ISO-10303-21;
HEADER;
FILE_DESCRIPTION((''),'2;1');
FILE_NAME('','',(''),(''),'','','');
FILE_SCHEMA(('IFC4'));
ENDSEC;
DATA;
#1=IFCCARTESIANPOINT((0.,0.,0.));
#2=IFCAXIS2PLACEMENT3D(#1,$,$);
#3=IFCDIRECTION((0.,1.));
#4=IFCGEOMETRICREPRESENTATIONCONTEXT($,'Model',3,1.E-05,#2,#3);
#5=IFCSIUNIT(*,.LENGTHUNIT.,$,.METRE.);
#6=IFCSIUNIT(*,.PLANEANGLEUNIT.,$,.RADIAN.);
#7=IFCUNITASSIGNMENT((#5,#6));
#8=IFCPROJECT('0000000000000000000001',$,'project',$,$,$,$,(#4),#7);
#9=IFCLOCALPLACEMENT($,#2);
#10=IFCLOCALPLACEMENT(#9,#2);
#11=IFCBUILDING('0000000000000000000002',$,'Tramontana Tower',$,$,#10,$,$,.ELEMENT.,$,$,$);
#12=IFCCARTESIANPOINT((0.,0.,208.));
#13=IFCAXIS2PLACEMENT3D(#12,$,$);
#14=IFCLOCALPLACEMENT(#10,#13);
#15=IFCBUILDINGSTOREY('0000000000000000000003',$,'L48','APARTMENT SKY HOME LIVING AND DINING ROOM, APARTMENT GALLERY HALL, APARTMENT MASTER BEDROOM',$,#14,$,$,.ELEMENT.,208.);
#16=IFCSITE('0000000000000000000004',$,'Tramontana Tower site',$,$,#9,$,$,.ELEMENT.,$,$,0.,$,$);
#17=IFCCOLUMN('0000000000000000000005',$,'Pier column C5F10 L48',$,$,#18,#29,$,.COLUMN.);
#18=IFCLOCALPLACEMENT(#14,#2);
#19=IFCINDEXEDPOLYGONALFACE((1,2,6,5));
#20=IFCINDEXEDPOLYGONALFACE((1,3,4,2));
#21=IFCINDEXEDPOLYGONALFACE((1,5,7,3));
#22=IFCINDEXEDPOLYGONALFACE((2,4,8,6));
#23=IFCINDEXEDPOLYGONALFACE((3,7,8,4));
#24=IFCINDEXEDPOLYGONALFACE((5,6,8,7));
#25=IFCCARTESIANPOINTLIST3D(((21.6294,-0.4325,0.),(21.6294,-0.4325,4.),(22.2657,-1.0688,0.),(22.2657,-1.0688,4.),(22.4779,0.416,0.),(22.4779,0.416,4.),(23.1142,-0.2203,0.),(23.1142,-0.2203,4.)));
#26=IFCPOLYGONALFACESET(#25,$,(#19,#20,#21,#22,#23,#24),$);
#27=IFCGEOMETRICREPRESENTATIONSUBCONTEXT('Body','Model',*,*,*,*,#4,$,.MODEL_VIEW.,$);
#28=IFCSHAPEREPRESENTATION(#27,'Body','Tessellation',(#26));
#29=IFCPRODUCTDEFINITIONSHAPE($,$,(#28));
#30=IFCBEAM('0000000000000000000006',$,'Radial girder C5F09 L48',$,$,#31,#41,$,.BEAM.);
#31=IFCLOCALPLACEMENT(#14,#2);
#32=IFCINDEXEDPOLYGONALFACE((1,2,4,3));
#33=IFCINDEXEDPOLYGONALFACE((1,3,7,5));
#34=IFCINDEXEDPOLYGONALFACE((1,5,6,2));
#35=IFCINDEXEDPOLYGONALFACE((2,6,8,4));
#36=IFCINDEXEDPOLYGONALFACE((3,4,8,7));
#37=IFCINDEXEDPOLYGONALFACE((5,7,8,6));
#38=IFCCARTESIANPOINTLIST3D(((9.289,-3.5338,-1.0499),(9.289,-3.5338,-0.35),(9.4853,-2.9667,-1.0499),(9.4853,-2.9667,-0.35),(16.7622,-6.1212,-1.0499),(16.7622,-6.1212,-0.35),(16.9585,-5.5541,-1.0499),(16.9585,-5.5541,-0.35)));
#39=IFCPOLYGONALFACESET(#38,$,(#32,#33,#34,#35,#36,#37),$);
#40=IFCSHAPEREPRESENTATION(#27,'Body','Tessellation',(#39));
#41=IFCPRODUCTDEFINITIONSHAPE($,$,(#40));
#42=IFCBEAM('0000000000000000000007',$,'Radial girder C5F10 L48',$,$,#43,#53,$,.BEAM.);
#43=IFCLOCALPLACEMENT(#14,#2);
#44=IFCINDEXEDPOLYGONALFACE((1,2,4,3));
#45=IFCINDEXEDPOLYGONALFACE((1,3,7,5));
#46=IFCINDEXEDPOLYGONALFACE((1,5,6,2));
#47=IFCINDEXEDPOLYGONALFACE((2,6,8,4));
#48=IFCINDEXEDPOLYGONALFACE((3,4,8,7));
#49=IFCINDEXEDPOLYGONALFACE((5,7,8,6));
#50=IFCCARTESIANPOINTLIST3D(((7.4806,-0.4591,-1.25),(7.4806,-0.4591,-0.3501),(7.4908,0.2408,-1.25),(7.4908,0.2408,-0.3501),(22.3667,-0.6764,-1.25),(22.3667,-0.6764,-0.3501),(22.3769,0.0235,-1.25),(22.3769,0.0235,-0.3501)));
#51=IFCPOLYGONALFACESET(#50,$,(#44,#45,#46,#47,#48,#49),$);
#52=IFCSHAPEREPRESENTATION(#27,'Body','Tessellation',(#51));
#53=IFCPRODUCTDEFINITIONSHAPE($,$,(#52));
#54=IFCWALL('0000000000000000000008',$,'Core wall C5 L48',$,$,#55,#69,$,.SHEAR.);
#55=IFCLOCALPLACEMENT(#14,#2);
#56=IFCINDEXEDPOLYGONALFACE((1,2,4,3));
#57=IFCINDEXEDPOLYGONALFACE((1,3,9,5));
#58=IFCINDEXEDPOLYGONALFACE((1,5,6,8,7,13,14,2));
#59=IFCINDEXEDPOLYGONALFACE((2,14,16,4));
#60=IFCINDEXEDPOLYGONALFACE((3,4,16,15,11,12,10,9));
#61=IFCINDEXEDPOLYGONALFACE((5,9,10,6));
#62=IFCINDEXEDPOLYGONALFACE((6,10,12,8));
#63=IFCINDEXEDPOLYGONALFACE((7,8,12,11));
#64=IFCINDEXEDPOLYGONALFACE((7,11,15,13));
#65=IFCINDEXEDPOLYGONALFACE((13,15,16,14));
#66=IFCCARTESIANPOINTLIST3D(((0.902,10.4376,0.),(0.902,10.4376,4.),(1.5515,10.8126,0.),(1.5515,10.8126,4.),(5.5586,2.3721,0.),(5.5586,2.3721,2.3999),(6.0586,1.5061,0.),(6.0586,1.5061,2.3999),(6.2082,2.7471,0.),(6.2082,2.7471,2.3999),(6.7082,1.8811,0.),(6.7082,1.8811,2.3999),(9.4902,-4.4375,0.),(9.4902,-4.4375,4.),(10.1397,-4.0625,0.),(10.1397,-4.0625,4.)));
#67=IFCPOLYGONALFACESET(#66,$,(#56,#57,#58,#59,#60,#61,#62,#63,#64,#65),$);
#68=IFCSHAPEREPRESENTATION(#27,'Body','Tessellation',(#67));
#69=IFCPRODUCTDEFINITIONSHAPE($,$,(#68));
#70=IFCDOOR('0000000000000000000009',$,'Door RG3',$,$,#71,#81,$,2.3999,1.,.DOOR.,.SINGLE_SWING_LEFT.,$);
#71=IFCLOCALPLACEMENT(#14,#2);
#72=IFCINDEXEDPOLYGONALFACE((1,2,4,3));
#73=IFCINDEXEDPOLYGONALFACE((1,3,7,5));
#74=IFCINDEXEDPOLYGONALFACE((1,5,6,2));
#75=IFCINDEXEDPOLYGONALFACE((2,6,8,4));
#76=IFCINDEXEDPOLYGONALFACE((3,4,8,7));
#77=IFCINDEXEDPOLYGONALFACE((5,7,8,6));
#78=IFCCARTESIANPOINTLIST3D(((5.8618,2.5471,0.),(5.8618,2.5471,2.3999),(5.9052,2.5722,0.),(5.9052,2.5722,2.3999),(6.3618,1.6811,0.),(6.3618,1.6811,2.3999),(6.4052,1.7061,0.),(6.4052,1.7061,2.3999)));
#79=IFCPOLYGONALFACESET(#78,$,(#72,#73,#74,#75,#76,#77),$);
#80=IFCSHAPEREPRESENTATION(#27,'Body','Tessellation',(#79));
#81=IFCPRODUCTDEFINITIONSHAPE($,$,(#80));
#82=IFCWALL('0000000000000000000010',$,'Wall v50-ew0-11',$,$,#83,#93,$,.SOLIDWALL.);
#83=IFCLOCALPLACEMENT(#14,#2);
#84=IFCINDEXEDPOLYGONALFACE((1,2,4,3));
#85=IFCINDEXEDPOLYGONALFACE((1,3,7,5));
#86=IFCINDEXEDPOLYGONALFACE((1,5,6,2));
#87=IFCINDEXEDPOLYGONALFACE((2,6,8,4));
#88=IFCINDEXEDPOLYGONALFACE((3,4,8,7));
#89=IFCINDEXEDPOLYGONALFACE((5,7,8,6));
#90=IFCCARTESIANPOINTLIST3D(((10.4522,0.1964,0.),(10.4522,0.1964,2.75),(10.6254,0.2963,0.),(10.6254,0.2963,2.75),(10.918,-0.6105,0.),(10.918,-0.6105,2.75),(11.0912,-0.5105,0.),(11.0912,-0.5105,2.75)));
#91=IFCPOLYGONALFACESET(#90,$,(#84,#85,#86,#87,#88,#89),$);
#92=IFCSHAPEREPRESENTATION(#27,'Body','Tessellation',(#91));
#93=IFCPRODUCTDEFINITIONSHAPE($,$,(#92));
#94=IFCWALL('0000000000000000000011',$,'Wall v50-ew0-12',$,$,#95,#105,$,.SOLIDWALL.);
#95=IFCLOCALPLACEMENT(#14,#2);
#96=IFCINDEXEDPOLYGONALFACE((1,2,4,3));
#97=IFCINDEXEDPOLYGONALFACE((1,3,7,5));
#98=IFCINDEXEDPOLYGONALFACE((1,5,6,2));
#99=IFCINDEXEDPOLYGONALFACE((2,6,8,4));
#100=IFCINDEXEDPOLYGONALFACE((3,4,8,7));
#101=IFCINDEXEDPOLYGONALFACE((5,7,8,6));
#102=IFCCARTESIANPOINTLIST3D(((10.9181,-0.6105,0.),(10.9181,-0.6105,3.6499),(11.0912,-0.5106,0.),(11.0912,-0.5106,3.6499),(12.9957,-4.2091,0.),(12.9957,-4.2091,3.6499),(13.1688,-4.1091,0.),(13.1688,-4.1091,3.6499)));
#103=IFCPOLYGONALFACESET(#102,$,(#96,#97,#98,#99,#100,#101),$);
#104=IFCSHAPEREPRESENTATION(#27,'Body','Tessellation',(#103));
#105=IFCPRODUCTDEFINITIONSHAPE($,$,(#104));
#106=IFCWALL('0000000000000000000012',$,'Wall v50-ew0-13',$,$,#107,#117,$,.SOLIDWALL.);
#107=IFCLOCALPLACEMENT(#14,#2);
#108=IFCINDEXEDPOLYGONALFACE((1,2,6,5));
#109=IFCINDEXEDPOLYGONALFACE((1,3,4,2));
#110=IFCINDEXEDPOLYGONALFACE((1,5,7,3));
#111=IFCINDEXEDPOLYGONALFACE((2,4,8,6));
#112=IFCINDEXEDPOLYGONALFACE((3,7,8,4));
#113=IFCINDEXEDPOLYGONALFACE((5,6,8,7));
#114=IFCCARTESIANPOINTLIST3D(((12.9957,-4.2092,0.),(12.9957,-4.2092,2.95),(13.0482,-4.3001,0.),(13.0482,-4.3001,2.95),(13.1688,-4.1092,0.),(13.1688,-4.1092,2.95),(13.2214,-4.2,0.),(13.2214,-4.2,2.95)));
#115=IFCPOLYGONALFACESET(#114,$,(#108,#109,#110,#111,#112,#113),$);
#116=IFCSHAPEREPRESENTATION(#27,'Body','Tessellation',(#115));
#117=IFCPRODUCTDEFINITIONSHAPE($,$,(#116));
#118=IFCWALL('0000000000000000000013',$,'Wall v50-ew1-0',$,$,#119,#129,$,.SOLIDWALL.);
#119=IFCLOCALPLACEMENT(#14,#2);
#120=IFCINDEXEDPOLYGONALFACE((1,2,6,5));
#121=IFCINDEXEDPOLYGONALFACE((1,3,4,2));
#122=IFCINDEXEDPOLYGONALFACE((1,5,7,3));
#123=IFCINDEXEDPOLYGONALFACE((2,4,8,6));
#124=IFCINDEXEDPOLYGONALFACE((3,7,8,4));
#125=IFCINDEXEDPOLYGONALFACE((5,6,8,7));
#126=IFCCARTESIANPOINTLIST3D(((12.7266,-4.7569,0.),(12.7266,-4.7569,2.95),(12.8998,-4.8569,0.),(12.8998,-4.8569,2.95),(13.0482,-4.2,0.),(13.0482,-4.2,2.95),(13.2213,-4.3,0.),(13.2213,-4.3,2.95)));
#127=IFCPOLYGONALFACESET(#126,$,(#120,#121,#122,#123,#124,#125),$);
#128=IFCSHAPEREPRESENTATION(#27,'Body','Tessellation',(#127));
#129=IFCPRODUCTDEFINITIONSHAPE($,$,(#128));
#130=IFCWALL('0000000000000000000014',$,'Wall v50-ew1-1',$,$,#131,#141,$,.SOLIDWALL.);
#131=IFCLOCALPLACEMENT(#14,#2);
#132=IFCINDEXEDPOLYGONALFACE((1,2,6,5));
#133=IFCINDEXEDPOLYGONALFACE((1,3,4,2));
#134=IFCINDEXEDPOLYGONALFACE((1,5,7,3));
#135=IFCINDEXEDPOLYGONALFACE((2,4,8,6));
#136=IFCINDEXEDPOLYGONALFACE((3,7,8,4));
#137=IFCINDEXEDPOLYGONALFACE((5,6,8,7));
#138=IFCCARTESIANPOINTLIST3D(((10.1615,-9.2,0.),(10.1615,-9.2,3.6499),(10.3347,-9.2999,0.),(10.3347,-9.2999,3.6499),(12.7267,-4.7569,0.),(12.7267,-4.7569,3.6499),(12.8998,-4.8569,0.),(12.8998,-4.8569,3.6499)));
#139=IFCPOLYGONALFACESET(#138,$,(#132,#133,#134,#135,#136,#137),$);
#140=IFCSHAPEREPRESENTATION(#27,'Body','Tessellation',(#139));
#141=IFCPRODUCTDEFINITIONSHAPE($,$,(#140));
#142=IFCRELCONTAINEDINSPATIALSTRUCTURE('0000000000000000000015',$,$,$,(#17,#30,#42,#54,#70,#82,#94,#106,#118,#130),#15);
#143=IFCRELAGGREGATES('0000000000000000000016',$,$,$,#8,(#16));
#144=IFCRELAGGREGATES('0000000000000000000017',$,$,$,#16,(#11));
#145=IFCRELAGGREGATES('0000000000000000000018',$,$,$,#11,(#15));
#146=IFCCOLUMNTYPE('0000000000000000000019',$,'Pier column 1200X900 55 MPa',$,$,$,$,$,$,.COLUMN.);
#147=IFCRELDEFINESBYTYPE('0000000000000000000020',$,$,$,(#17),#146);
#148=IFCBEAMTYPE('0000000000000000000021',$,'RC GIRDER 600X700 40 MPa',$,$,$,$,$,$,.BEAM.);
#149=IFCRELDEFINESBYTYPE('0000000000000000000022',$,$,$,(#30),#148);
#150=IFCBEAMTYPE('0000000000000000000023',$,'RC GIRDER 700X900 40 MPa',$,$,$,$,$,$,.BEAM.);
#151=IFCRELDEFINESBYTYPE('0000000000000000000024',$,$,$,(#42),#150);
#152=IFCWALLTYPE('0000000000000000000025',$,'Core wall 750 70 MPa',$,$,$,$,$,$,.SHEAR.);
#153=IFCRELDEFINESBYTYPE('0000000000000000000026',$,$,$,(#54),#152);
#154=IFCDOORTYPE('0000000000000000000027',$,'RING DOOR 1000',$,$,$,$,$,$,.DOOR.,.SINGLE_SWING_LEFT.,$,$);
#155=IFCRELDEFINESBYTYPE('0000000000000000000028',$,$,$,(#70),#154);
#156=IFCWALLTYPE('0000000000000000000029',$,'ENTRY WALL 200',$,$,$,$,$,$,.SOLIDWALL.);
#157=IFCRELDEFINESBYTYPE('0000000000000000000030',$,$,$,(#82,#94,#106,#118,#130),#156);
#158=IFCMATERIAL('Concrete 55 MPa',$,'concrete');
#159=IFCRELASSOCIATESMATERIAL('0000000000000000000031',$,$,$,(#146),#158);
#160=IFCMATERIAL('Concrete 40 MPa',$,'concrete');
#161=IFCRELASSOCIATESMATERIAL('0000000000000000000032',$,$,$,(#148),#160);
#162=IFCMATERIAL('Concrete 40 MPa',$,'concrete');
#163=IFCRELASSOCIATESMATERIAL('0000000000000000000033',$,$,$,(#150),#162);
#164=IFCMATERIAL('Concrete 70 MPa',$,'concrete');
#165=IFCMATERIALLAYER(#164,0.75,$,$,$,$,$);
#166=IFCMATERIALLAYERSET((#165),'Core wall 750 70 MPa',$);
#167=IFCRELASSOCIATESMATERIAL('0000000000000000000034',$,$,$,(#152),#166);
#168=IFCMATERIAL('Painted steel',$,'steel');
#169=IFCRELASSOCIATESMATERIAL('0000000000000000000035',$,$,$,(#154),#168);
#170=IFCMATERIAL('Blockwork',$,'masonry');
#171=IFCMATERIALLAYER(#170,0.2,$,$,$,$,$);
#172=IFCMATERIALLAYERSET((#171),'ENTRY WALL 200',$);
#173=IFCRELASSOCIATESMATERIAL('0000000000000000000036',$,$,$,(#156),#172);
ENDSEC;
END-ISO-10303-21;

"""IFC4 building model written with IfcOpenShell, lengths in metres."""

from ifc_helpers import new_model, si_unit, direction, frame, frame_2d, origin, origin_2d, place, context, subcontext, project, spatial, rectangle, extrude, material, layer, layer_set, material_profile, profile_set, type_object, element, fill, save


model = new_model("IFC4")

# Units and contexts
model_context = context("Model", 3, precision=1e-05, world=origin(), true_north=direction((0.0, 1.0)))
body_context = subcontext(model_context, "Body", "Model", "MODEL_VIEW")
ifc_project = project(units=[si_unit("LENGTHUNIT", "METRE"), si_unit("PLANEANGLEUNIT", "RADIAN")], contexts=[model_context])

# Site, building, storey
site_placement = place(None, origin())
site = spatial("IfcSite", under=ifc_project, at=site_placement, Name="Tramontana Tower site", CompositionType="ELEMENT", RefElevation=0.0)
building_placement = place(site_placement, origin())
building = spatial("IfcBuilding", under=site, at=building_placement, Name="Tramontana Tower", CompositionType="ELEMENT")
storey_placement = place(building_placement, frame((0.0, 0.0, 208.0)))
storey = spatial("IfcBuildingStorey", under=building, at=storey_placement, Name="L48", Description="APARTMENT SKY HOME LIVING AND DINING ROOM, APARTMENT GALLERY HALL, APARTMENT MASTER BEDROOM", CompositionType="ELEMENT", Elevation=208.0)

# Column
ifc_material_1 = material(Name="Concrete 55 MPa", Category="concrete")
ifc_material_profile_1 = material_profile(ifc_material_1, rectangle(XDim=1.2, YDim=0.8999, at=origin_2d()), Name="Pier column 1200X900 55 MPa")
ifc_profile_set_1 = profile_set([ifc_material_profile_1], Name="Concrete 55 MPa")
column_type = type_object("IfcColumnType", Name="Pier column 1200X900 55 MPa", PredefinedType="COLUMN", material=ifc_profile_set_1)
column_placement = place(storey_placement, frame((22.3718, -0.3264, 0.0), z_axis=(0.0, 0.0, 1.0), x_axis=(0.707107, 0.707107, 0.0)))
element("IfcColumn", 1, at=column_placement, inside=storey, type_object=column_type, Name="Pier column C5F10 L48", PredefinedType="COLUMN", context=body_context, shape_type="SweptSolid", body=[
    extrude(rectangle(XDim=1.2, YDim=0.8999, at=origin_2d()), origin(), (0.0, 0.0, 1.0), 4.0),
])

# Beams
ifc_material_2 = material(Name="Concrete 40 MPa", Category="concrete")
ifc_material_profile_2 = material_profile(ifc_material_2, rectangle(XDim=0.6001, YDim=0.7, at=origin_2d()), Name="RC GIRDER 600X700 40 MPa")
ifc_profile_set_2 = profile_set([ifc_material_profile_2], Name="Concrete 40 MPa")
beam_type_1 = type_object("IfcBeamType", Name="RC GIRDER 600X700 40 MPa", PredefinedType="BEAM", material=ifc_profile_set_2)
beam_1_placement = place(storey_placement, frame((16.8604, -5.8376, -0.7), z_axis=(-0.944965, 0.327172, 0.0), x_axis=(-0.327172, -0.944965, 0.0)))
element("IfcBeam", 2, at=beam_1_placement, inside=storey, type_object=beam_type_1, Name="Radial girder C5F09 L48", PredefinedType="BEAM", context=body_context, shape_type="SweptSolid", body=[
    extrude(rectangle(XDim=0.6001, YDim=0.7, at=origin_2d()), origin(), (0.0, 0.0, 1.0), 7.9084),
])
ifc_material_3 = material(Name="Concrete 40 MPa", Category="concrete")
ifc_material_profile_3 = material_profile(ifc_material_3, rectangle(XDim=0.7, YDim=0.8999, at=origin_2d()), Name="RC GIRDER 700X900 40 MPa")
ifc_profile_set_3 = profile_set([ifc_material_profile_3], Name="Concrete 40 MPa")
beam_type_2 = type_object("IfcBeamType", Name="RC GIRDER 700X900 40 MPa", PredefinedType="BEAM", material=ifc_profile_set_3)
beam_2_placement = place(storey_placement, frame((22.3718, -0.3264, -0.8), z_axis=(-0.999893, 0.014595, 0.0), x_axis=(-0.014595, -0.999893, 0.0)))
element("IfcBeam", 3, at=beam_2_placement, inside=storey, type_object=beam_type_2, Name="Radial girder C5F10 L48", PredefinedType="BEAM", context=body_context, shape_type="SweptSolid", body=[
    extrude(rectangle(XDim=0.7, YDim=0.8999, at=origin_2d()), origin(), (0.0, 0.0, 1.0), 14.8877),
])

# Wall, opening, door
ifc_material_4 = material(Name="Concrete 70 MPa", Category="concrete")
ifc_layer_1 = layer(ifc_material_4, 0.75)
ifc_layer_set_1 = layer_set([ifc_layer_1], Name="Core wall 750 70 MPa")
wall_type_1 = type_object("IfcWallType", Name="Core wall 750 70 MPa", PredefinedType="SHEAR", material=ifc_layer_set_1)
wall_1_placement = place(storey_placement, frame((9.8149, -4.25, 0.0), z_axis=(0.0, 0.0, 1.0), x_axis=(-0.500002, 0.866024, 0.0)))
wall_1 = element("IfcWall", 4, at=wall_1_placement, inside=storey, type_object=wall_type_1, Name="Core wall C5 L48", PredefinedType="SHEAR", context=body_context, shape_type="SweptSolid", body=[
    extrude(rectangle(XDim=17.1763, YDim=0.75, at=frame_2d((8.5881, 0.0))), origin(), (0.0, 0.0, 1.0), 4.0),
])
opening_1_placement = place(wall_1_placement, frame((6.863, 0.0, 0.0)))
opening_1 = element("IfcOpeningElement", 5, at=opening_1_placement, cuts=wall_1, PredefinedType="OPENING", context=body_context, shape_type="SweptSolid", body=[
    extrude(rectangle(XDim=1.0, YDim=2.3999, at=frame_2d((0.5, 1.2))), frame((0.0, 0.385, 0.0), z_axis=(0.0, -1.0, 0.0), x_axis=(1.0, 0.0, 0.0)), (0.0, 0.0, 1.0), 0.77),
])
ifc_material_5 = material(Name="Painted steel", Category="steel")
door_type_1 = type_object("IfcDoorType", Name="RING DOOR 1000", OperationType="SINGLE_SWING_LEFT", PredefinedType="DOOR", material=ifc_material_5)
door_1_placement = place(opening_1_placement, origin())
door_1 = element("IfcDoor", 6, at=door_1_placement, inside=storey, type_object=door_type_1, Name="Door RG3", OperationType="SINGLE_SWING_LEFT", OverallHeight=2.3999, OverallWidth=1.0, PredefinedType="DOOR", context=body_context, shape_type="SweptSolid", body=[
    extrude(rectangle(XDim=1.0, YDim=2.3999, at=frame_2d((0.5, 1.2))), frame((0.0, 0.0249, 0.0), z_axis=(0.0, -1.0, 0.0), x_axis=(1.0, 0.0, 0.0)), (0.0, 0.0, 1.0), 0.05),
])
fill(opening_1, door_1)

# Walls
ifc_material_6 = material(Name="Blockwork", Category="masonry")
ifc_layer_2 = layer(ifc_material_6, 0.2)
ifc_layer_set_2 = layer_set([ifc_layer_2], Name="ENTRY WALL 200")
wall_type_2 = type_object("IfcWallType", Name="ENTRY WALL 200", PredefinedType="SOLIDWALL", material=ifc_layer_set_2)
wall_2_placement = place(storey_placement, frame((10.5388, 0.2463, 0.0), z_axis=(0.0, 0.0, 1.0), x_axis=(0.499972, -0.866042, 0.0)))
element("IfcWall", 7, at=wall_2_placement, inside=storey, type_object=wall_type_2, Name="Wall v50-ew0-11", PredefinedType="SOLIDWALL", context=body_context, shape_type="SweptSolid", body=[
    extrude(rectangle(XDim=0.9316, YDim=0.2, at=frame_2d((0.4658, 0.0))), origin(), (0.0, 0.0, 1.0), 2.75),
])
wall_3_placement = place(storey_placement, frame((11.0046, -0.5605, 0.0), z_axis=(0.0, 0.0, 1.0), x_axis=(0.499994, -0.866029, 0.0)))
element("IfcWall", 8, at=wall_3_placement, inside=storey, type_object=wall_type_2, Name="Wall v50-ew0-12", PredefinedType="SOLIDWALL", context=body_context, shape_type="SweptSolid", body=[
    extrude(rectangle(XDim=4.1553, YDim=0.2, at=frame_2d((2.0776, 0.0))), origin(), (0.0, 0.0, 1.0), 3.6499),
])
wall_4_placement = place(storey_placement, frame((13.0823, -4.1592, 0.0), z_axis=(0.0, 0.0, 1.0), x_axis=(0.500394, -0.865798, 0.0)))
element("IfcWall", 9, at=wall_4_placement, inside=storey, type_object=wall_type_2, Name="Wall v50-ew0-13", PredefinedType="SOLIDWALL", context=body_context, shape_type="SweptSolid", body=[
    extrude(rectangle(XDim=0.105, YDim=0.2, at=frame_2d((0.0525, 0.0))), origin(), (0.0, 0.0, 1.0), 2.95),
])
wall_5_placement = place(storey_placement, frame((13.1348, -4.25, 0.0), z_axis=(0.0, 0.0, 1.0), x_axis=(-0.500018, -0.866015, 0.0)))
element("IfcWall", 10, at=wall_5_placement, inside=storey, type_object=wall_type_2, Name="Wall v50-ew1-0", PredefinedType="SOLIDWALL", context=body_context, shape_type="SweptSolid", body=[
    extrude(rectangle(XDim=0.6431, YDim=0.2, at=frame_2d((0.3215, 0.0))), origin(), (0.0, 0.0, 1.0), 2.95),
])
wall_6_placement = place(storey_placement, frame((12.8132, -4.8069, 0.0), z_axis=(0.0, 0.0, 1.0), x_axis=(-0.499993, -0.866029, 0.0)))
element("IfcWall", 11, at=wall_6_placement, inside=storey, type_object=wall_type_2, Name="Wall v50-ew1-1", PredefinedType="SOLIDWALL", context=body_context, shape_type="SweptSolid", body=[
    extrude(rectangle(XDim=5.1304, YDim=0.2, at=frame_2d((2.5652, 0.0))), origin(), (0.0, 0.0, 1.0), 3.6499),
])

save(model, "model.ifc")
